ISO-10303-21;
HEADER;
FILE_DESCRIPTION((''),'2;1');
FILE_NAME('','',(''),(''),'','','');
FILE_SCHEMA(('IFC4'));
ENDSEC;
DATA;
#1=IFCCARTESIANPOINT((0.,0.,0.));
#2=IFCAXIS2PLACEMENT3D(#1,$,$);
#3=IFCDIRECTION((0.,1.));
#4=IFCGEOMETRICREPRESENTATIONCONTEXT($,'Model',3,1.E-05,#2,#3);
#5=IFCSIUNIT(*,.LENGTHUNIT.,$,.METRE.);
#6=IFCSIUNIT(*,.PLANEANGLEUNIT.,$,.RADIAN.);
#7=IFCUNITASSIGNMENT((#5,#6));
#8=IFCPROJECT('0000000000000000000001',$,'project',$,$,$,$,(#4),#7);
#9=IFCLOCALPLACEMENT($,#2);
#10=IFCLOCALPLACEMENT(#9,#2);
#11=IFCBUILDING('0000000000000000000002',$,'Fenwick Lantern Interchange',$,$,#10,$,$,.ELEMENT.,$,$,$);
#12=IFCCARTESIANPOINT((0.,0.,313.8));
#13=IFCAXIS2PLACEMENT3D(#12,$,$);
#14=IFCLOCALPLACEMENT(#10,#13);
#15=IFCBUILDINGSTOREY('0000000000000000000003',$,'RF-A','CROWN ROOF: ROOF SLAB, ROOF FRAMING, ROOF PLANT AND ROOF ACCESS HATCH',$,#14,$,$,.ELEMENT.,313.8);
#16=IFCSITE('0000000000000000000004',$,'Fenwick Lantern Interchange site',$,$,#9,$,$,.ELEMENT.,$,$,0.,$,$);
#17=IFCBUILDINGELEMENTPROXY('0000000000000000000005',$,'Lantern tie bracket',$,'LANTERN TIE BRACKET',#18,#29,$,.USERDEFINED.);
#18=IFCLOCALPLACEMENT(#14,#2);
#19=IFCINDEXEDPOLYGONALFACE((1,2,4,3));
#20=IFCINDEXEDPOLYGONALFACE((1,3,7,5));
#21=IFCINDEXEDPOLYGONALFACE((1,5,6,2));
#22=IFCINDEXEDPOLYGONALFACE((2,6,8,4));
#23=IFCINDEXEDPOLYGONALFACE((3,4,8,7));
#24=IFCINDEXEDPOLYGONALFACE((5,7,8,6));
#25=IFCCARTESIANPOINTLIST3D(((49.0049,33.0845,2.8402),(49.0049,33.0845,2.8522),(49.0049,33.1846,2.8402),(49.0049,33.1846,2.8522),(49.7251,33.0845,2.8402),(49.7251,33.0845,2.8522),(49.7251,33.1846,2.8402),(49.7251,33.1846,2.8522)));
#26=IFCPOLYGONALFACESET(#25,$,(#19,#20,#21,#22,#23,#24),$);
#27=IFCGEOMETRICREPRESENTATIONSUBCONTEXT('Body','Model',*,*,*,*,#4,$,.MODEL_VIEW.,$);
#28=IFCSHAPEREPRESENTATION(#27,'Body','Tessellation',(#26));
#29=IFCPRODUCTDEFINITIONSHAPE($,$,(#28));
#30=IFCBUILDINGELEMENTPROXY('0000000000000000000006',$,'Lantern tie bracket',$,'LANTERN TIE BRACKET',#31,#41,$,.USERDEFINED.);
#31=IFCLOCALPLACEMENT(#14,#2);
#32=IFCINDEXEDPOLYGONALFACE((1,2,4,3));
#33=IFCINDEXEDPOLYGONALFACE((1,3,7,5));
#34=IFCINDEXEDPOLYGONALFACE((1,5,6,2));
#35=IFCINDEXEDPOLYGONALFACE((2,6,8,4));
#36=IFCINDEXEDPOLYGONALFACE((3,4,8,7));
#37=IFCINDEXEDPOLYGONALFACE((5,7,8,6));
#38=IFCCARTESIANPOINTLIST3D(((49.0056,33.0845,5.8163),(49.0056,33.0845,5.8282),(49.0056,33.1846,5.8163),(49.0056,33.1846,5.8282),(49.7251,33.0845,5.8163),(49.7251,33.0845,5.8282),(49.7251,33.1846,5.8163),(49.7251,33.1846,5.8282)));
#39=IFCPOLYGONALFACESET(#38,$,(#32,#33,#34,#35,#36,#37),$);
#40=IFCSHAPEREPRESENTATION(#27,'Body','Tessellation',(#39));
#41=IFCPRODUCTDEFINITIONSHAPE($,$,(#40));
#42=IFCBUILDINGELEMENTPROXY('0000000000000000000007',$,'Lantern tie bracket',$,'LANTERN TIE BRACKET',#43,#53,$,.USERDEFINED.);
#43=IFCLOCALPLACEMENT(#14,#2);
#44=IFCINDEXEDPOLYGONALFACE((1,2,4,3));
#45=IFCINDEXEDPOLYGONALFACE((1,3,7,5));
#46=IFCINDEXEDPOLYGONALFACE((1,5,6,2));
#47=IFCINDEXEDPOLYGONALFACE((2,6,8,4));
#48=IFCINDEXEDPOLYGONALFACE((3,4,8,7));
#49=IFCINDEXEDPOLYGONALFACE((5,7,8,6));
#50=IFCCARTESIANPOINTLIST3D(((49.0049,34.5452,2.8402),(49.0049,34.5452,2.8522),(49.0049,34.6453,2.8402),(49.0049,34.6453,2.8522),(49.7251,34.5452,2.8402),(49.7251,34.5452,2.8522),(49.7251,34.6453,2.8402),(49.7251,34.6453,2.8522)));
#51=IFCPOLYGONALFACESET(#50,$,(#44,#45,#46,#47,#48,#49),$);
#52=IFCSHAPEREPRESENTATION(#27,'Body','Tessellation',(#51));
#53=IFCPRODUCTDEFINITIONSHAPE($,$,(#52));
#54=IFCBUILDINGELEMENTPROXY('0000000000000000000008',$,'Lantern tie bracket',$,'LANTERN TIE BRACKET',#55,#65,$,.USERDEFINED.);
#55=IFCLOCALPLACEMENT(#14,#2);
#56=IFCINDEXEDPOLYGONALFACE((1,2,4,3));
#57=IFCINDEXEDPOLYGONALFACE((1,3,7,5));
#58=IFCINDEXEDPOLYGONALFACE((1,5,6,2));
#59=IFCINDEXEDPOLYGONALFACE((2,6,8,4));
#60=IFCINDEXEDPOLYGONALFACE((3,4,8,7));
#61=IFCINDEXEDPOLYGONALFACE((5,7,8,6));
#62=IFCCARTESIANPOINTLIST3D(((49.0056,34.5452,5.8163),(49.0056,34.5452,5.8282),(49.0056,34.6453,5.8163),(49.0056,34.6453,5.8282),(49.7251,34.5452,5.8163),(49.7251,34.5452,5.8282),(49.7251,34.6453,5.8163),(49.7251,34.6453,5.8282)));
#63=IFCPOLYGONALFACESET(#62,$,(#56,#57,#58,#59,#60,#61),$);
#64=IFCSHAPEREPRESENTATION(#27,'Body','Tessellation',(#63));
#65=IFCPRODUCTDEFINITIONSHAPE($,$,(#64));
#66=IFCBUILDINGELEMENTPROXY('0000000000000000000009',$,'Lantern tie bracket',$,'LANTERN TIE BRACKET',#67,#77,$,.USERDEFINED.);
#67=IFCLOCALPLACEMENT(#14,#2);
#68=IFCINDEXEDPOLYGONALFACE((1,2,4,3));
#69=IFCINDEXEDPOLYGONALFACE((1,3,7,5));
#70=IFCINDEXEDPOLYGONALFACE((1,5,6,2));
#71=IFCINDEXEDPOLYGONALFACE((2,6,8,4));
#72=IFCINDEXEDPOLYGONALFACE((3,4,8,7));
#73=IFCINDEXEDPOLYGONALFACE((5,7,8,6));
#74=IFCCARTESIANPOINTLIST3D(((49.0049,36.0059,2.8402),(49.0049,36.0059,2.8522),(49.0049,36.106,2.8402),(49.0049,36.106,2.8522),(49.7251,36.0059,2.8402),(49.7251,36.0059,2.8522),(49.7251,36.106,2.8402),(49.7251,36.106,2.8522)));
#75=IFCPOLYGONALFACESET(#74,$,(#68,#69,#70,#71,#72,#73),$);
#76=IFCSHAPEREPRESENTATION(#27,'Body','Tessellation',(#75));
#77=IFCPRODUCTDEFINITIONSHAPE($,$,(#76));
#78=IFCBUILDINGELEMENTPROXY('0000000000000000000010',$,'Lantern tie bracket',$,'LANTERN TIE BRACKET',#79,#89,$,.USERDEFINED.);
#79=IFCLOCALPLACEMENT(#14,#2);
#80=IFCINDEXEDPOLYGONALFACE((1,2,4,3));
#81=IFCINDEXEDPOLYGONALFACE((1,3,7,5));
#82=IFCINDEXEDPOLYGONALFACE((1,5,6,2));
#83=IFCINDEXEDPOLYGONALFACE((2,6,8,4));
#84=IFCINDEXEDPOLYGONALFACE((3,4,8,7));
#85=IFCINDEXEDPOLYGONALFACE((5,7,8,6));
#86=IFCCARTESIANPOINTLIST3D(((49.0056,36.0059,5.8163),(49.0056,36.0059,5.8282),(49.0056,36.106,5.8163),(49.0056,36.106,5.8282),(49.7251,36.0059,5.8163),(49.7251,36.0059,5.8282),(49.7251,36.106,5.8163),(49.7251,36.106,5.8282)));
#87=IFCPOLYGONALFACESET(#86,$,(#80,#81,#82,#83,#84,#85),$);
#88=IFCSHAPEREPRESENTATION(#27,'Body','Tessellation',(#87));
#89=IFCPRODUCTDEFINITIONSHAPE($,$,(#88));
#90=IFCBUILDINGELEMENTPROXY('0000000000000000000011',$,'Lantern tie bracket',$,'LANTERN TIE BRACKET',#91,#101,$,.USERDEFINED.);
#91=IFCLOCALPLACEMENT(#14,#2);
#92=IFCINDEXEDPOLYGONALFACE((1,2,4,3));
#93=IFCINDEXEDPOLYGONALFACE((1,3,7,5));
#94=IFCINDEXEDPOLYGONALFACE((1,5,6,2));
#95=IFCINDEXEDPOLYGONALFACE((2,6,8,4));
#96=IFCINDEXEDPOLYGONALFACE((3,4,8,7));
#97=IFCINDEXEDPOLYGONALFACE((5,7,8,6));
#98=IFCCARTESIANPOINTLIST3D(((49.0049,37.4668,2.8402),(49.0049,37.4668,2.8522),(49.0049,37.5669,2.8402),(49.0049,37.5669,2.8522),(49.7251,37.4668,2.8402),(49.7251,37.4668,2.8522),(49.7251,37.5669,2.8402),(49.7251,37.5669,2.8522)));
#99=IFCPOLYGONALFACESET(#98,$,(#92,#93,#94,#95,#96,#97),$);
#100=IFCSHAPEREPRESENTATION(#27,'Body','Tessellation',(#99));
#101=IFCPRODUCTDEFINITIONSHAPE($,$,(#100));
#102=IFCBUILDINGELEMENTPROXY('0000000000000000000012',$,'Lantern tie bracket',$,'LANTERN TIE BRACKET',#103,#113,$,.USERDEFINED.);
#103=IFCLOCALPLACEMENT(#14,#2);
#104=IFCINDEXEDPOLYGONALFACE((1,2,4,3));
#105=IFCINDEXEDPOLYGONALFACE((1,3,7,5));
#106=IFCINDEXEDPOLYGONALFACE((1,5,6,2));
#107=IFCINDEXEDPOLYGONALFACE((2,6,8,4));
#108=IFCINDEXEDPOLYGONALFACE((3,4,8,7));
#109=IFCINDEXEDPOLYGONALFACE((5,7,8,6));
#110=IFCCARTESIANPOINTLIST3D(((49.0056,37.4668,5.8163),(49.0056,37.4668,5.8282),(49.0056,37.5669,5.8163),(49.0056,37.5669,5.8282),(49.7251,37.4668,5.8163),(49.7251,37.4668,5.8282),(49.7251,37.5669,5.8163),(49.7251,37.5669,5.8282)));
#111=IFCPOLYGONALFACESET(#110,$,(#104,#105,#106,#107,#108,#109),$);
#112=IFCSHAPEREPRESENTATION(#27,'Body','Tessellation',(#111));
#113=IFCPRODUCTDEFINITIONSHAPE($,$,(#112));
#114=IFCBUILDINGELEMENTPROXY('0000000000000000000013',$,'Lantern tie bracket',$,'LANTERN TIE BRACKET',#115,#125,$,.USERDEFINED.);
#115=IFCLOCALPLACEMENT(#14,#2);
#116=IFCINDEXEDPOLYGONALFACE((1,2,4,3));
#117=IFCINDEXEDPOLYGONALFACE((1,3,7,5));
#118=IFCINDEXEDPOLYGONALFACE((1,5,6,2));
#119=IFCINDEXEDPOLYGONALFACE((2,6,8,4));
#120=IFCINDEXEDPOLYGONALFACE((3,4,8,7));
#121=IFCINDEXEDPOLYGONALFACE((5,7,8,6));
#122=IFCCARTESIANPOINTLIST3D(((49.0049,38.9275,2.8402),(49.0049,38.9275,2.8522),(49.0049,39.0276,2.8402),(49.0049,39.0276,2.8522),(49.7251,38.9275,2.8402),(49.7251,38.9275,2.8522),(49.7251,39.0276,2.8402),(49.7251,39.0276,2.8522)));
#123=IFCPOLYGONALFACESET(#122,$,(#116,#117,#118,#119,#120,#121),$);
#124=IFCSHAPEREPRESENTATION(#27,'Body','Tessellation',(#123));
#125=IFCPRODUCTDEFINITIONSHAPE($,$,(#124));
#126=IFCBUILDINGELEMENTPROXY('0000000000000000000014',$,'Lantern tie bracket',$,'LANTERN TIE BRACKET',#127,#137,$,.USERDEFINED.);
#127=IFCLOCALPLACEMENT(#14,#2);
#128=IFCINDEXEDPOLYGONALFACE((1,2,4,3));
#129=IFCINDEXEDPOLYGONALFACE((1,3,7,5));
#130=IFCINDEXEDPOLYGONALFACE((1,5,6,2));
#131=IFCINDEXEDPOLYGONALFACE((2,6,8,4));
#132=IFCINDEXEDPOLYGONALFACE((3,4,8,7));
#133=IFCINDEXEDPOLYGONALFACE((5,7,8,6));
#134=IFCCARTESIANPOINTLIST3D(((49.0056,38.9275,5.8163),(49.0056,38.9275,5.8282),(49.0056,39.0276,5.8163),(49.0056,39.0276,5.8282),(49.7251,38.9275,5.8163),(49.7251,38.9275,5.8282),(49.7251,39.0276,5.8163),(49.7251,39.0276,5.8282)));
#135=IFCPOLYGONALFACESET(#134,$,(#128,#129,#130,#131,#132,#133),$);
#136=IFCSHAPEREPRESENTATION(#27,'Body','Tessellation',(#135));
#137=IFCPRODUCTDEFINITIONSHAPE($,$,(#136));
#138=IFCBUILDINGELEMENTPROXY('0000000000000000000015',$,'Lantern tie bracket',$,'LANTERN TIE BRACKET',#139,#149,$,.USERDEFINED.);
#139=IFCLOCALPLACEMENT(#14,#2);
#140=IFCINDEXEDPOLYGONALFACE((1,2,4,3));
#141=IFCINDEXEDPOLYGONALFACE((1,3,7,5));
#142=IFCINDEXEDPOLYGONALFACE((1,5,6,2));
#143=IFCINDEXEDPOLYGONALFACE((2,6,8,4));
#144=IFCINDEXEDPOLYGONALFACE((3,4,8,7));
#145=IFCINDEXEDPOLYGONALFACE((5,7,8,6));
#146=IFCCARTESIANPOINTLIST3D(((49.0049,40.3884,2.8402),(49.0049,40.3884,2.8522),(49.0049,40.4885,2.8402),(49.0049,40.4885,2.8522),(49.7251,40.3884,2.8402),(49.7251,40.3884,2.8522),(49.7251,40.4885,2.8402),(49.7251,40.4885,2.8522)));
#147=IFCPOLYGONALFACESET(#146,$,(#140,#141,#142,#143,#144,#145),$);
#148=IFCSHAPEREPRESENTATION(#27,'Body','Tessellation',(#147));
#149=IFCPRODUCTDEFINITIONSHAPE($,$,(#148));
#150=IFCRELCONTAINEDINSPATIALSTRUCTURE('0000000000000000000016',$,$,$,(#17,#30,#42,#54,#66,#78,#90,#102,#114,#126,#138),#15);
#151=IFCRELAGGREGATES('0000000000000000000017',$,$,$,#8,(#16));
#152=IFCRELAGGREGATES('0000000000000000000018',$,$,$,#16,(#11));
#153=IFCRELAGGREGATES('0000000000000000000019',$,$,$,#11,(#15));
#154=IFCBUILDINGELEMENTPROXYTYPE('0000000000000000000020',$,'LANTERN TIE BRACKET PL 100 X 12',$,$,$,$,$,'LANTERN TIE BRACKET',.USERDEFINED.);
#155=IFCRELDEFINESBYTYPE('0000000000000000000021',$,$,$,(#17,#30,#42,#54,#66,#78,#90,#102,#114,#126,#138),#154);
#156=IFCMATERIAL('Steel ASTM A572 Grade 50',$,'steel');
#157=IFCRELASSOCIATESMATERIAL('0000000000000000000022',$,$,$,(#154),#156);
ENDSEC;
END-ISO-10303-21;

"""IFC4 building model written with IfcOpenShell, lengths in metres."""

from ifc_helpers import new_model, si_unit, direction, frame, origin, origin_2d, place, context, subcontext, project, spatial, rectangle, extrude, material, material_profile, profile_set, type_object, element, save


model = new_model("IFC4")

# Units and contexts
model_context = context("Model", 3, precision=1e-05, world=origin(), true_north=direction((0.0, 1.0)))
body_context = subcontext(model_context, "Body", "Model", "MODEL_VIEW")
ifc_project = project(units=[si_unit("LENGTHUNIT", "METRE"), si_unit("PLANEANGLEUNIT", "RADIAN")], contexts=[model_context])

# Site, building, storey
site_placement = place(None, origin())
site = spatial("IfcSite", under=ifc_project, at=site_placement, Name="Fenwick Lantern Interchange site", CompositionType="ELEMENT", RefElevation=0.0)
building_placement = place(site_placement, origin())
building = spatial("IfcBuilding", under=site, at=building_placement, Name="Fenwick Lantern Interchange", CompositionType="ELEMENT")
storey_placement = place(building_placement, frame((0.0, 0.0, 313.8)))
storey = spatial("IfcBuildingStorey", under=building, at=storey_placement, Name="RF-A", Description="CROWN ROOF: ROOF SLAB, ROOF FRAMING, ROOF PLANT AND ROOF ACCESS HATCH", CompositionType="ELEMENT", Elevation=313.8)

# Building element proxies
ifc_material_1 = material(Name="Steel ASTM A572 Grade 50", Category="steel")
ifc_material_profile_1 = material_profile(ifc_material_1, rectangle(XDim=0.1001, YDim=0.012, at=origin_2d()), Name="PL100X12")
ifc_profile_set_1 = profile_set([ifc_material_profile_1], Name="Steel ASTM A572 Grade 50")
building_element_proxy_type = type_object("IfcBuildingElementProxyType", Name="LANTERN TIE BRACKET PL 100 X 12", ElementType="LANTERN TIE BRACKET", PredefinedType="USERDEFINED", material=ifc_profile_set_1)
proxy_1_placement = place(storey_placement, frame((49.7251, 33.1345, 2.8462), z_axis=(-1.0, 0.0, 0.0), x_axis=(0.0, -1.0, 0.0)))
element("IfcBuildingElementProxy", 1, at=proxy_1_placement, inside=storey, type_object=building_element_proxy_type, Name="Lantern tie bracket", ObjectType="LANTERN TIE BRACKET", PredefinedType="USERDEFINED", context=body_context, shape_type="SweptSolid", body=[
    extrude(rectangle(XDim=0.1001, YDim=0.012, at=origin_2d()), origin(), (0.0, 0.0, 1.0), 0.7202),
])
proxy_2_placement = place(storey_placement, frame((49.7251, 33.1345, 5.8223), z_axis=(-1.0, 0.0, 0.0), x_axis=(0.0, -1.0, 0.0)))
element("IfcBuildingElementProxy", 2, at=proxy_2_placement, inside=storey, type_object=building_element_proxy_type, Name="Lantern tie bracket", ObjectType="LANTERN TIE BRACKET", PredefinedType="USERDEFINED", context=body_context, shape_type="SweptSolid", body=[
    extrude(rectangle(XDim=0.1001, YDim=0.012, at=origin_2d()), origin(), (0.0, 0.0, 1.0), 0.7195),
])
proxy_3_placement = place(storey_placement, frame((49.7251, 34.5952, 2.8462), z_axis=(-1.0, 0.0, 0.0), x_axis=(0.0, -1.0, 0.0)))
element("IfcBuildingElementProxy", 3, at=proxy_3_placement, inside=storey, type_object=building_element_proxy_type, Name="Lantern tie bracket", ObjectType="LANTERN TIE BRACKET", PredefinedType="USERDEFINED", context=body_context, shape_type="SweptSolid", body=[
    extrude(rectangle(XDim=0.1001, YDim=0.012, at=origin_2d()), origin(), (0.0, 0.0, 1.0), 0.7202),
])
proxy_4_placement = place(storey_placement, frame((49.7251, 34.5952, 5.8223), z_axis=(-1.0, 0.0, 0.0), x_axis=(0.0, -1.0, 0.0)))
element("IfcBuildingElementProxy", 4, at=proxy_4_placement, inside=storey, type_object=building_element_proxy_type, Name="Lantern tie bracket", ObjectType="LANTERN TIE BRACKET", PredefinedType="USERDEFINED", context=body_context, shape_type="SweptSolid", body=[
    extrude(rectangle(XDim=0.1001, YDim=0.012, at=origin_2d()), origin(), (0.0, 0.0, 1.0), 0.7195),
])
proxy_5_placement = place(storey_placement, frame((49.7251, 36.0559, 2.8462), z_axis=(-1.0, 0.0, 0.0), x_axis=(0.0, -1.0, 0.0)))
element("IfcBuildingElementProxy", 5, at=proxy_5_placement, inside=storey, type_object=building_element_proxy_type, Name="Lantern tie bracket", ObjectType="LANTERN TIE BRACKET", PredefinedType="USERDEFINED", context=body_context, shape_type="SweptSolid", body=[
    extrude(rectangle(XDim=0.1001, YDim=0.012, at=origin_2d()), origin(), (0.0, 0.0, 1.0), 0.7202),
])
proxy_6_placement = place(storey_placement, frame((49.7251, 36.0559, 5.8223), z_axis=(-1.0, 0.0, 0.0), x_axis=(0.0, -1.0, 0.0)))
element("IfcBuildingElementProxy", 6, at=proxy_6_placement, inside=storey, type_object=building_element_proxy_type, Name="Lantern tie bracket", ObjectType="LANTERN TIE BRACKET", PredefinedType="USERDEFINED", context=body_context, shape_type="SweptSolid", body=[
    extrude(rectangle(XDim=0.1001, YDim=0.012, at=origin_2d()), origin(), (0.0, 0.0, 1.0), 0.7195),
])
proxy_7_placement = place(storey_placement, frame((49.7251, 37.5168, 2.8462), z_axis=(-1.0, 0.0, 0.0), x_axis=(0.0, -1.0, 0.0)))
element("IfcBuildingElementProxy", 7, at=proxy_7_placement, inside=storey, type_object=building_element_proxy_type, Name="Lantern tie bracket", ObjectType="LANTERN TIE BRACKET", PredefinedType="USERDEFINED", context=body_context, shape_type="SweptSolid", body=[
    extrude(rectangle(XDim=0.1001, YDim=0.012, at=origin_2d()), origin(), (0.0, 0.0, 1.0), 0.7202),
])
proxy_8_placement = place(storey_placement, frame((49.7251, 37.5168, 5.8223), z_axis=(-1.0, 0.0, 0.0), x_axis=(0.0, -1.0, 0.0)))
element("IfcBuildingElementProxy", 8, at=proxy_8_placement, inside=storey, type_object=building_element_proxy_type, Name="Lantern tie bracket", ObjectType="LANTERN TIE BRACKET", PredefinedType="USERDEFINED", context=body_context, shape_type="SweptSolid", body=[
    extrude(rectangle(XDim=0.1001, YDim=0.012, at=origin_2d()), origin(), (0.0, 0.0, 1.0), 0.7195),
])
proxy_9_placement = place(storey_placement, frame((49.7251, 38.9775, 2.8462), z_axis=(-1.0, 0.0, 0.0), x_axis=(0.0, -1.0, 0.0)))
element("IfcBuildingElementProxy", 9, at=proxy_9_placement, inside=storey, type_object=building_element_proxy_type, Name="Lantern tie bracket", ObjectType="LANTERN TIE BRACKET", PredefinedType="USERDEFINED", context=body_context, shape_type="SweptSolid", body=[
    extrude(rectangle(XDim=0.1001, YDim=0.012, at=origin_2d()), origin(), (0.0, 0.0, 1.0), 0.7202),
])
proxy_10_placement = place(storey_placement, frame((49.7251, 38.9775, 5.8223), z_axis=(-1.0, 0.0, 0.0), x_axis=(0.0, -1.0, 0.0)))
element("IfcBuildingElementProxy", 10, at=proxy_10_placement, inside=storey, type_object=building_element_proxy_type, Name="Lantern tie bracket", ObjectType="LANTERN TIE BRACKET", PredefinedType="USERDEFINED", context=body_context, shape_type="SweptSolid", body=[
    extrude(rectangle(XDim=0.1001, YDim=0.012, at=origin_2d()), origin(), (0.0, 0.0, 1.0), 0.7195),
])
proxy_11_placement = place(storey_placement, frame((49.7251, 40.4385, 2.8462), z_axis=(-1.0, 0.0, 0.0), x_axis=(0.0, -1.0, 0.0)))
element("IfcBuildingElementProxy", 11, at=proxy_11_placement, inside=storey, type_object=building_element_proxy_type, Name="Lantern tie bracket", ObjectType="LANTERN TIE BRACKET", PredefinedType="USERDEFINED", context=body_context, shape_type="SweptSolid", body=[
    extrude(rectangle(XDim=0.1001, YDim=0.012, at=origin_2d()), origin(), (0.0, 0.0, 1.0), 0.7202),
])

save(model, "model.ifc")
